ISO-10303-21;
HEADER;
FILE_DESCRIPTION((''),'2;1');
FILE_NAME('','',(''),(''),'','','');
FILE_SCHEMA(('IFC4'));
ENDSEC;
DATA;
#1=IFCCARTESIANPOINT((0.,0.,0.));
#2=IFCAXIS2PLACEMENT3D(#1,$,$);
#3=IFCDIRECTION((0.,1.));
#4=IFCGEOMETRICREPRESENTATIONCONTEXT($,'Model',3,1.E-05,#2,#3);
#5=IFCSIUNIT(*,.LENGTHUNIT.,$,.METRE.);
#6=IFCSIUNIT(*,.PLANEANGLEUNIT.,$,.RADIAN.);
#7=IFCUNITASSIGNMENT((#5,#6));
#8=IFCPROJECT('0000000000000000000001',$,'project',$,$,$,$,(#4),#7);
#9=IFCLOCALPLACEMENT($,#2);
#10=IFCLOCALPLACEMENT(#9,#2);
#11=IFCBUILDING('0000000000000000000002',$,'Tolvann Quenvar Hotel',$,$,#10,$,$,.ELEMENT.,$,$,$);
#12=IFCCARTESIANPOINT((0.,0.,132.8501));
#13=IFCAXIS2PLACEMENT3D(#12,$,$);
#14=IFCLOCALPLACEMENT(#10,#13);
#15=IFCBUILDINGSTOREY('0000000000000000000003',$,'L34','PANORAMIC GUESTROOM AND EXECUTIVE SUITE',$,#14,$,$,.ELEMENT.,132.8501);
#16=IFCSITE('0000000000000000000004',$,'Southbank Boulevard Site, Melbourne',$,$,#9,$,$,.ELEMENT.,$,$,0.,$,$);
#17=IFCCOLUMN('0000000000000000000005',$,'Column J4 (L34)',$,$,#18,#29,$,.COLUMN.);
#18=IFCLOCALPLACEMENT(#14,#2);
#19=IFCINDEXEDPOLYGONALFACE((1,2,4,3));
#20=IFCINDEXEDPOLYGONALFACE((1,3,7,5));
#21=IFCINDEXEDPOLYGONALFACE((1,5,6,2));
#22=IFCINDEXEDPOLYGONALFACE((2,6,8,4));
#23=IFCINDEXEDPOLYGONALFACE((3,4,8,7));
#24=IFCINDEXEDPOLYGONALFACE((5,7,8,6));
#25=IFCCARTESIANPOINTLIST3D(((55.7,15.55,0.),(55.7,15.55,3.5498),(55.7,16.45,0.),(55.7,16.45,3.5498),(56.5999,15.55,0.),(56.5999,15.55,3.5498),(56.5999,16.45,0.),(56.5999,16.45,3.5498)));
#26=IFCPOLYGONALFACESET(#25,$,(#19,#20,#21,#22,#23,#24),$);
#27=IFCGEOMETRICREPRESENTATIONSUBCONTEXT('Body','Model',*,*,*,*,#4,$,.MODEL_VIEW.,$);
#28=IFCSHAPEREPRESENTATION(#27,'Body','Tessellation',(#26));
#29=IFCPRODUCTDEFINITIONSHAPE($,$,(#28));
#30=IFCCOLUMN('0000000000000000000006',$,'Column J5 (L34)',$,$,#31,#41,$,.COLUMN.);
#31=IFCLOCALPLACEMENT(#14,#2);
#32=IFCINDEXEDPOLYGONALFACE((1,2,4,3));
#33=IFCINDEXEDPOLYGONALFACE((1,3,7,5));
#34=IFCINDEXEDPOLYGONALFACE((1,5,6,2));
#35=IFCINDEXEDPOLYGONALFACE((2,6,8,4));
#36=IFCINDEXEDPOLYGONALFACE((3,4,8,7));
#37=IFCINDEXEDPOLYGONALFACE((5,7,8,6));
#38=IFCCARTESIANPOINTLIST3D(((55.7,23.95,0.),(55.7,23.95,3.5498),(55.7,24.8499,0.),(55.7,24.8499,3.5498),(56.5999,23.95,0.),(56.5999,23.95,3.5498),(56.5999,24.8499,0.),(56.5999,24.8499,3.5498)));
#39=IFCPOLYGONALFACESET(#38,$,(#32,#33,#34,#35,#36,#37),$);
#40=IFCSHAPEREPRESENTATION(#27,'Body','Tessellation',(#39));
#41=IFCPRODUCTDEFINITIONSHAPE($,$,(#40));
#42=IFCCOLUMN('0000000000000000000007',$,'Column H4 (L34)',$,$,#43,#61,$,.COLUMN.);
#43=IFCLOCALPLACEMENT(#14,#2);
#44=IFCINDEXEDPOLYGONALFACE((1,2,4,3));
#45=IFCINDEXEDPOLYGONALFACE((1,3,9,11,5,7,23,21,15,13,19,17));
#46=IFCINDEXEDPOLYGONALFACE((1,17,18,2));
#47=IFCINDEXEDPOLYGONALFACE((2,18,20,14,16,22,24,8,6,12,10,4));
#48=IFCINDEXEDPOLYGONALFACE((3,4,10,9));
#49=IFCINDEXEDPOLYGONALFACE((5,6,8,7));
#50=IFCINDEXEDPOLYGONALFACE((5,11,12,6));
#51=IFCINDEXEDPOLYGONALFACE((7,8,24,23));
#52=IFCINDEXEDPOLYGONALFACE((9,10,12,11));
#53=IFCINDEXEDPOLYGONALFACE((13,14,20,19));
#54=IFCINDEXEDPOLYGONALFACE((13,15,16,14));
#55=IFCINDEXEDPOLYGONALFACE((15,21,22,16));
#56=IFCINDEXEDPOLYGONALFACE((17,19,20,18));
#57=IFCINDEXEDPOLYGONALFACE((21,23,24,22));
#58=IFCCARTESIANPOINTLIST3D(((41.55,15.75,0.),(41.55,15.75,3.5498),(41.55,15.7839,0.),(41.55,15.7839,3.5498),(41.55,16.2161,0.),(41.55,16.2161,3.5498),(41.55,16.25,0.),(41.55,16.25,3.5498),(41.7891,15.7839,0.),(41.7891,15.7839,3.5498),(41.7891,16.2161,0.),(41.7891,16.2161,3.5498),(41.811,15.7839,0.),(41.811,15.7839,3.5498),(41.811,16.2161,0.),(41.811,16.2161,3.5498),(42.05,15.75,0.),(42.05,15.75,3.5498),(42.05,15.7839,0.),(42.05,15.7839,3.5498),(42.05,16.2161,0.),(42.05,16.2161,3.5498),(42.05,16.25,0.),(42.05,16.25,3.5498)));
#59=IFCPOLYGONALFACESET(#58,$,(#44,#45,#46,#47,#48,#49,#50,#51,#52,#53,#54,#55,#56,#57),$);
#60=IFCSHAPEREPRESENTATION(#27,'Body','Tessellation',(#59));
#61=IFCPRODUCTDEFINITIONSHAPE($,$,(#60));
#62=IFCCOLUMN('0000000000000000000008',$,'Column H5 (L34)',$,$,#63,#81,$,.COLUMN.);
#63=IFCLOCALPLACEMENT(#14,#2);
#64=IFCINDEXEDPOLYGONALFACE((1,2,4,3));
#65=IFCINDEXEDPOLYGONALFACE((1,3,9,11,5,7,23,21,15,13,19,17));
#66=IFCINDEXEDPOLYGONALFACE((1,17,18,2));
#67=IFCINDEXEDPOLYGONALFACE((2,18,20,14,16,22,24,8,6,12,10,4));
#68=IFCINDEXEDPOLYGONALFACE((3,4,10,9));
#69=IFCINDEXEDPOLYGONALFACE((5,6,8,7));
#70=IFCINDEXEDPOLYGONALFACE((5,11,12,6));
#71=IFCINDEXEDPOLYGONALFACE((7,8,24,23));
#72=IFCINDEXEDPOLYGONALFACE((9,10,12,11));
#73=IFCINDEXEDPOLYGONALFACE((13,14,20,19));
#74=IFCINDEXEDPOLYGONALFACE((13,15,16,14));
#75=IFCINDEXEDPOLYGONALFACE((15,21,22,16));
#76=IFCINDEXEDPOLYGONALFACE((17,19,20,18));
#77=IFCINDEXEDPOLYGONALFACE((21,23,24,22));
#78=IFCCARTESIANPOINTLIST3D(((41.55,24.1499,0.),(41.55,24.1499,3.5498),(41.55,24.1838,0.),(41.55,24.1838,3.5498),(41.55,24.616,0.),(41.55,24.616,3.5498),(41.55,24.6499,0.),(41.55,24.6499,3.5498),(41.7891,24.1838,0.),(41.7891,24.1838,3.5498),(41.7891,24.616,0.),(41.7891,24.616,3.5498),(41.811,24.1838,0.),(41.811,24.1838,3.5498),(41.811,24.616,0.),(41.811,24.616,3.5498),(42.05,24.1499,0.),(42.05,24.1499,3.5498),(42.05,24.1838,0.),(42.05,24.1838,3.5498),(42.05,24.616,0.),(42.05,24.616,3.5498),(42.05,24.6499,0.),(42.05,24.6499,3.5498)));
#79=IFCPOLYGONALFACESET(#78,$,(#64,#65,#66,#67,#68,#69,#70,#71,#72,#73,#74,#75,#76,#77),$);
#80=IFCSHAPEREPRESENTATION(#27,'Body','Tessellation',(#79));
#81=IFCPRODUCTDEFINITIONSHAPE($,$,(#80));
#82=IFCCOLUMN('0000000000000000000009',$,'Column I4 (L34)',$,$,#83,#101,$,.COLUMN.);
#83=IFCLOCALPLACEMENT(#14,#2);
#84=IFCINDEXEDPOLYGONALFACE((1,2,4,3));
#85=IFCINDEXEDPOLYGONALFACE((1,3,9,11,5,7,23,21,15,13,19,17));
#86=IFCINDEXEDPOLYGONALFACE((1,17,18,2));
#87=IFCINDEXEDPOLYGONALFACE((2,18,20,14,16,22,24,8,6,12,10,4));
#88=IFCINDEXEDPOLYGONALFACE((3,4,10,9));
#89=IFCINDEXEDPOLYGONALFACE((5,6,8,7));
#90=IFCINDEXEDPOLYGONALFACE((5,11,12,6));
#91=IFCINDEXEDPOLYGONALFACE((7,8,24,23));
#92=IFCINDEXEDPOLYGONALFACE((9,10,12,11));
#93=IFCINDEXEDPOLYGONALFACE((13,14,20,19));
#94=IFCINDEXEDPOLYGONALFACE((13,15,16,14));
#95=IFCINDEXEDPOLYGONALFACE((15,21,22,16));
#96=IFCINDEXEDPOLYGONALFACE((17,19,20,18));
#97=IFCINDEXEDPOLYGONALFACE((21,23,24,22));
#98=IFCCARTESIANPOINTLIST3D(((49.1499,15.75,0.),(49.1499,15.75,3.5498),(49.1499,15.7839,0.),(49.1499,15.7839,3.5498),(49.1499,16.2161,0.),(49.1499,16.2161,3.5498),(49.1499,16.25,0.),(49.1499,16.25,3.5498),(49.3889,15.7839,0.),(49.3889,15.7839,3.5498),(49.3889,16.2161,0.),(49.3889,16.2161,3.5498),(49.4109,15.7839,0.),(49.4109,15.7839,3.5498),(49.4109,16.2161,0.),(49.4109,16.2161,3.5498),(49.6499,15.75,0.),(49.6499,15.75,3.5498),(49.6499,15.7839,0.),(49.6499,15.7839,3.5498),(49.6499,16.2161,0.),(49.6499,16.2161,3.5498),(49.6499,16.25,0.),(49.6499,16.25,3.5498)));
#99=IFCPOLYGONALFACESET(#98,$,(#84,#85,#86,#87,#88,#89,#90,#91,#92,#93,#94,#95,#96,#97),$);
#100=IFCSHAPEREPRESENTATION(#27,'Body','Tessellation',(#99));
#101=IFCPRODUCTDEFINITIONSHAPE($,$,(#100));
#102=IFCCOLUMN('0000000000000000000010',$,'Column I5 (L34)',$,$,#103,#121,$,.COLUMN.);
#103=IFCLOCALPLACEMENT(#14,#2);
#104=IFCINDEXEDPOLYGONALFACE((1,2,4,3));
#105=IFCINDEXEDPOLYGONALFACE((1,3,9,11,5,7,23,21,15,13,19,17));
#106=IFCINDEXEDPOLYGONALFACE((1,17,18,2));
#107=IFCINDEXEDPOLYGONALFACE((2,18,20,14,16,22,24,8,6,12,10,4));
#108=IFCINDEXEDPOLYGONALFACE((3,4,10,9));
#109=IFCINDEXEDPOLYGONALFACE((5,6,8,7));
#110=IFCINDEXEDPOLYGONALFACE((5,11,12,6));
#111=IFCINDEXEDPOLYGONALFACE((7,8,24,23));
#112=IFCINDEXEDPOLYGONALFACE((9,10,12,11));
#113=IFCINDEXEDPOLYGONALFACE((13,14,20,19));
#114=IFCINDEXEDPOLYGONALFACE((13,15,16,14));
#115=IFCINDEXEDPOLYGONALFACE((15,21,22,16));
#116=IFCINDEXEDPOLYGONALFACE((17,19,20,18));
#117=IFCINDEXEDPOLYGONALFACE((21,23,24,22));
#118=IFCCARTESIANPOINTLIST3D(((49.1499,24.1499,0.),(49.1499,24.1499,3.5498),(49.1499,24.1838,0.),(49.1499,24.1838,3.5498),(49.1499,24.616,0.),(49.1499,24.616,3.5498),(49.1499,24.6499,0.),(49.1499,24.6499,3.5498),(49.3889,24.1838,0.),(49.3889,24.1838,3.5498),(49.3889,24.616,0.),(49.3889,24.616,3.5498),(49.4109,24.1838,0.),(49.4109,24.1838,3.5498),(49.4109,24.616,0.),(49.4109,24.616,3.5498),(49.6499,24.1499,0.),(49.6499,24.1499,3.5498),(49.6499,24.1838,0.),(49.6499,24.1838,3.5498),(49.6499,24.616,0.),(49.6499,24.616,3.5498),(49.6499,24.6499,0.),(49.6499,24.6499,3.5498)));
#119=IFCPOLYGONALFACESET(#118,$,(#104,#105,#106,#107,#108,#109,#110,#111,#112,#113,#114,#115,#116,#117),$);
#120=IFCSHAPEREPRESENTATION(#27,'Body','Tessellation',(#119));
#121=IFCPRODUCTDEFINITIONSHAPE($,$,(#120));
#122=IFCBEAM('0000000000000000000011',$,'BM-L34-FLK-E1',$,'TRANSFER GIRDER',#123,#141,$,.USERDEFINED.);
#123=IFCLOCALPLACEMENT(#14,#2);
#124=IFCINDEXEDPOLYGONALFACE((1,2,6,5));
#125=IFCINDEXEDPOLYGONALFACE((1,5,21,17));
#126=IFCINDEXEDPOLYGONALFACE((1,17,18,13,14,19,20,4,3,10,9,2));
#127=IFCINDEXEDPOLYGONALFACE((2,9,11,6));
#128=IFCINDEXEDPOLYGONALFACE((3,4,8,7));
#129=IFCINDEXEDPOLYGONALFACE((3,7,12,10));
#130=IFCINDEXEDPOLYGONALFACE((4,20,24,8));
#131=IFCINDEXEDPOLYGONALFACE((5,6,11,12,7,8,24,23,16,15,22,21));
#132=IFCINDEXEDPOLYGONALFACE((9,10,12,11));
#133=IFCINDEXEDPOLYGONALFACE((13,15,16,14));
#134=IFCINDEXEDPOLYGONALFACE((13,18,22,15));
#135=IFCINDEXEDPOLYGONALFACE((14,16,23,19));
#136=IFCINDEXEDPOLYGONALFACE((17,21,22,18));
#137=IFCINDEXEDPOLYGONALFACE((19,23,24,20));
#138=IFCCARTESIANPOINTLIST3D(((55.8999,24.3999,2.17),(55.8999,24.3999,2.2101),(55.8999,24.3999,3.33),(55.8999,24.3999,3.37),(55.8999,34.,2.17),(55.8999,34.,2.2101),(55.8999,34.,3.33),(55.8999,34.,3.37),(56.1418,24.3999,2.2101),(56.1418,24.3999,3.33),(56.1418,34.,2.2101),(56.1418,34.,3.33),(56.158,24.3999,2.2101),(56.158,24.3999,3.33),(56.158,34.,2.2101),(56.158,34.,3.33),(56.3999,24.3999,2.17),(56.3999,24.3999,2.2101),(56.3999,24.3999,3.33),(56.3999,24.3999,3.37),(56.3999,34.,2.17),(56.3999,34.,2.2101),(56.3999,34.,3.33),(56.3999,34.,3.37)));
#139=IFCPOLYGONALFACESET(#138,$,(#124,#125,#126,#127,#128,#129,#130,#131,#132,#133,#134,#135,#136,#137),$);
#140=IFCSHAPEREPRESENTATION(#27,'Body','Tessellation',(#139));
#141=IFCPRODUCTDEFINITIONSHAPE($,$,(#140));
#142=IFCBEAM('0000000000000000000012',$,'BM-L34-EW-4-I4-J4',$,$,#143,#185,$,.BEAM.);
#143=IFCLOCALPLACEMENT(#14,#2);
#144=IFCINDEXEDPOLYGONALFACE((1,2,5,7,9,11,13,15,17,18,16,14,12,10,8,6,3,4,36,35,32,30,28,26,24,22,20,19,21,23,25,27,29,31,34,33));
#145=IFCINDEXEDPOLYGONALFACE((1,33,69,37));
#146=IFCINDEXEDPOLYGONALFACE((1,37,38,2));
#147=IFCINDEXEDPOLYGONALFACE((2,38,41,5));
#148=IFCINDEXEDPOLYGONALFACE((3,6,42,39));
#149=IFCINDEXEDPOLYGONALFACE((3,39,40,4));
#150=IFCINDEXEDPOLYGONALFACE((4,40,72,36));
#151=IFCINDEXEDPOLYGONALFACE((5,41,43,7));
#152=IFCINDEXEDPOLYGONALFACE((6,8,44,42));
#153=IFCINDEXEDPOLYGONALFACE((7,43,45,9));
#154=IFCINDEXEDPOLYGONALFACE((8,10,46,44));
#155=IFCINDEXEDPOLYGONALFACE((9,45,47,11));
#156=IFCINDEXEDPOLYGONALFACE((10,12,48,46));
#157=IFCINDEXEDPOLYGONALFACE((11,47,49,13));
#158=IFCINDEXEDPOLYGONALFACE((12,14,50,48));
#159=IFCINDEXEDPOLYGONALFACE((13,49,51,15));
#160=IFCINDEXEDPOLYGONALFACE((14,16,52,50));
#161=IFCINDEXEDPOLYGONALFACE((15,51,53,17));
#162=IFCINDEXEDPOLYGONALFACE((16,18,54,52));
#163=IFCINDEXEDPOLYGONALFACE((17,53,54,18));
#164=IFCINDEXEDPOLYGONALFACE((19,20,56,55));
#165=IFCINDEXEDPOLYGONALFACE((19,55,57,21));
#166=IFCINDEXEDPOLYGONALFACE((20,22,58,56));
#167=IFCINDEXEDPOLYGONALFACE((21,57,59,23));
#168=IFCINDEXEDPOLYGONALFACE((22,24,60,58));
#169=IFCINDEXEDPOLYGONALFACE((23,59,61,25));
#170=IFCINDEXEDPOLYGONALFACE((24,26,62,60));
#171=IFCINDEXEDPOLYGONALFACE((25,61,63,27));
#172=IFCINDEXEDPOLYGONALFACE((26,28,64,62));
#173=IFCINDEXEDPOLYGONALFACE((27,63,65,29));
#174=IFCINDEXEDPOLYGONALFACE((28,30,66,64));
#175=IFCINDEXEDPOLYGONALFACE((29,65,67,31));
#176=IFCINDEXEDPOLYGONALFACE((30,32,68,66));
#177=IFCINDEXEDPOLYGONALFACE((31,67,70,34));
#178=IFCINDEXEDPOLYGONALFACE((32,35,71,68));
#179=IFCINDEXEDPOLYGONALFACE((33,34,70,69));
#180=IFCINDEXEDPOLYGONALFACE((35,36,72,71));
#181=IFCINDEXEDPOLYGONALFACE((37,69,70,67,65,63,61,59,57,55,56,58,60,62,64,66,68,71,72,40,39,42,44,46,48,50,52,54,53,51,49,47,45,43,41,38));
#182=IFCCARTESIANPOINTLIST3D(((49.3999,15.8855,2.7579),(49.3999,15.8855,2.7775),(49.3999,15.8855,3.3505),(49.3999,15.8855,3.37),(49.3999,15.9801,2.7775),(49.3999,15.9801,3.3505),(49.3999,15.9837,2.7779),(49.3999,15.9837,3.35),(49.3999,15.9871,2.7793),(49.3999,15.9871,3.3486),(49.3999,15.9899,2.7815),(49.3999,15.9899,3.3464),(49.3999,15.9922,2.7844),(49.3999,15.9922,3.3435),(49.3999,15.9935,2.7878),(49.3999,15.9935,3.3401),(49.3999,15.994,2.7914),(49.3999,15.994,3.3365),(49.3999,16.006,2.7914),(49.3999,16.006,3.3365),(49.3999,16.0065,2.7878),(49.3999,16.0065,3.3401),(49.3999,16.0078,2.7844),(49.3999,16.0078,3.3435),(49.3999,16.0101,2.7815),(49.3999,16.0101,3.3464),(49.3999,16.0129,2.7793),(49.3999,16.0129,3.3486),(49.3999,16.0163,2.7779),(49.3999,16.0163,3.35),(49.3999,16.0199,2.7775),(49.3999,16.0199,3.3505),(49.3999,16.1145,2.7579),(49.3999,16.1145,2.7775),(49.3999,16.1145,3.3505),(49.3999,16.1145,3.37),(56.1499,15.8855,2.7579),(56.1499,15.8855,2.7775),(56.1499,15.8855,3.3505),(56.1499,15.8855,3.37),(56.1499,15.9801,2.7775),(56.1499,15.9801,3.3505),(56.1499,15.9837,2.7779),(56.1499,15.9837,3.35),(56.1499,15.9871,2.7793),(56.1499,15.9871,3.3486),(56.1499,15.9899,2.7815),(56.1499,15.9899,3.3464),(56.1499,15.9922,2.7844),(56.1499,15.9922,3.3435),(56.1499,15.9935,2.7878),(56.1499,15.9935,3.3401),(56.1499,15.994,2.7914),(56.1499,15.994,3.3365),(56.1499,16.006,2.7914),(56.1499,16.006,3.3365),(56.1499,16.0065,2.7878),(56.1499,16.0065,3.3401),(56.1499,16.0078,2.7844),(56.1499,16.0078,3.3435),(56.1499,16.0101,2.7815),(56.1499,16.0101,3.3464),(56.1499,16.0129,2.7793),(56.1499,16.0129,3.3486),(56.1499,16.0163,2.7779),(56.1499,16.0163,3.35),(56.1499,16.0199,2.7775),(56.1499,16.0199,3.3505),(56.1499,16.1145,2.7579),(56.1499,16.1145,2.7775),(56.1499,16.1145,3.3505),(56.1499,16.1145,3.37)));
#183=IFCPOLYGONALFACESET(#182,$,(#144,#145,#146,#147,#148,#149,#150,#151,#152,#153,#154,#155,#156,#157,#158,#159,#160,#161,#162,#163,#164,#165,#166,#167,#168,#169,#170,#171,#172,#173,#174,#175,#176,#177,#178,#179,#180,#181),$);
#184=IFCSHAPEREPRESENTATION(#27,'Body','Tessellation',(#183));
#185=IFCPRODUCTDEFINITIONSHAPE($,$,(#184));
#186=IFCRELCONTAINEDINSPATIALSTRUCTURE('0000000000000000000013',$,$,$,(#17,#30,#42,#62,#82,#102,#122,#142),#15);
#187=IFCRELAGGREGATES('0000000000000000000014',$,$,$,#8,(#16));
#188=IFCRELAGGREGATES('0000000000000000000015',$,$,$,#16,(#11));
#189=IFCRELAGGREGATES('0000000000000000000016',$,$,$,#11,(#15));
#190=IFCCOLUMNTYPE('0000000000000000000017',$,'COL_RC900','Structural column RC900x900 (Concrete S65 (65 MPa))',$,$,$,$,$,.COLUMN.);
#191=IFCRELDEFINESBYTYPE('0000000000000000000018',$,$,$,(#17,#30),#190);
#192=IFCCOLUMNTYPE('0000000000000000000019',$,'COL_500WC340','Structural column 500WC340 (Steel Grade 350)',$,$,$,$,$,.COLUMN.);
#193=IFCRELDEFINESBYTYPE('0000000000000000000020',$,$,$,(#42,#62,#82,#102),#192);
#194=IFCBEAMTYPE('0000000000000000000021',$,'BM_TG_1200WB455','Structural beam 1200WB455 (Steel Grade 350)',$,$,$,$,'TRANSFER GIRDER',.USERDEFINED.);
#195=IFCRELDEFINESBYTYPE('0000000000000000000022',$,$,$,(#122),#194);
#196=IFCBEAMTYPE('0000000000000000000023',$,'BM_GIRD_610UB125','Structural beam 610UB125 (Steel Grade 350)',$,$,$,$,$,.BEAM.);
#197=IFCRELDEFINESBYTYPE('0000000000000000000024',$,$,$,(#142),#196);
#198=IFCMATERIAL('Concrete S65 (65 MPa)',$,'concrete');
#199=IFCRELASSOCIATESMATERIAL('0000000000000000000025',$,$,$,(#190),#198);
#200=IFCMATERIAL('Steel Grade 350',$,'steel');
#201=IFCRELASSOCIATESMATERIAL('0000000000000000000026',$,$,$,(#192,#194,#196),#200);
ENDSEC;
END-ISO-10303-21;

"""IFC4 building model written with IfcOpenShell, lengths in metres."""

from ifc_helpers import new_model, si_unit, direction, frame, origin, origin_2d, place, context, subcontext, project, spatial, rectangle, i_section, extrude, source, transform, mapped, material, material_profile, profile_set, type_object, type_shapes, element, save


model = new_model("IFC4")

# Units and contexts
model_context = context("Model", 3, precision=1e-05, world=origin(), true_north=direction((0.0, 1.0)))
body_context = subcontext(model_context, "Body", "Model", "MODEL_VIEW")
ifc_project = project(units=[si_unit("LENGTHUNIT", "METRE"), si_unit("PLANEANGLEUNIT", "RADIAN")], contexts=[model_context])

# Site, building, storey
site_placement = place(None, origin())
site = spatial("IfcSite", under=ifc_project, at=site_placement, Name="Southbank Boulevard Site, Melbourne", CompositionType="ELEMENT", RefElevation=0.0)
building_placement = place(site_placement, origin())
building = spatial("IfcBuilding", under=site, at=building_placement, Name="Tolvann Quenvar Hotel", CompositionType="ELEMENT")
storey_placement = place(building_placement, frame((0.0, 0.0, 132.8501)))
storey = spatial("IfcBuildingStorey", under=building, at=storey_placement, Name="L34", Description="PANORAMIC GUESTROOM AND EXECUTIVE SUITE", CompositionType="ELEMENT", Elevation=132.8501)

# Columns
ifc_material_1 = material(Name="Concrete S65 (65 MPa)", Category="concrete")
ifc_material_profile_1 = material_profile(ifc_material_1, rectangle(XDim=0.8999, YDim=0.8999, at=origin_2d()), Name="RC900x900")
ifc_profile_set_1 = profile_set([ifc_material_profile_1], Name="Concrete S65 (65 MPa)")
column_type_1 = type_object("IfcColumnType", Name="COL_RC900", Description="Structural column RC900x900 (Concrete S65 (65 MPa))", PredefinedType="COLUMN", material=ifc_profile_set_1)
shared_shape_1 = source(origin(), body_context, "Body", "SweptSolid", [
    extrude(rectangle(XDim=0.8999, YDim=0.8999, at=origin_2d()), origin(), (0.0, 0.0, 1.0), 3.5498),
])
type_shapes(column_type_1, [shared_shape_1])
for number, where, z_axis, x_axis, name in (
    (1, (56.1499, 16.0, 0.0), (0.0, 0.0, 1.0), (1.0, 0.0, 0.0), "Column J4 (L34)"),
    (2, (56.1499, 24.3999, 0.0), (0.0, 0.0, 1.0), (1.0, 0.0, 0.0), "Column J5 (L34)"),
):
    element("IfcColumn", number, at=place(storey_placement, frame(where, z_axis=z_axis, x_axis=x_axis)), inside=storey, type_object=column_type_1, Name=name, PredefinedType="COLUMN", context=body_context, shape_type="MappedRepresentation", body=[
        mapped(shared_shape_1, transform((0.0, 0.0, 0.0), x_axis=(1.0, 0.0, 0.0), y_axis=(0.0, 1.0, 0.0), z_axis=(0.0, 0.0, 1.0), scale=1.0)),
    ])
ifc_material_2 = material(Name="Steel Grade 350", Category="steel")
ifc_material_profile_2 = material_profile(ifc_material_2, i_section(OverallWidth=0.5, OverallDepth=0.5, WebThickness=0.022, FlangeThickness=0.0339, at=origin_2d()), Name="500WC340")
ifc_profile_set_2 = profile_set([ifc_material_profile_2], Name="Steel Grade 350")
column_type_2 = type_object("IfcColumnType", Name="COL_500WC340", Description="Structural column 500WC340 (Steel Grade 350)", PredefinedType="COLUMN", material=ifc_profile_set_2)
shared_shape_2 = source(origin(), body_context, "Body", "SweptSolid", [
    extrude(i_section(OverallWidth=0.5, OverallDepth=0.5, WebThickness=0.022, FlangeThickness=0.0339, at=origin_2d()), origin(), (0.0, 0.0, 1.0), 3.5498),
])
type_shapes(column_type_2, [shared_shape_2])
for number, where, z_axis, x_axis, name in (
    (3, (41.8, 16.0, 0.0), (0.0, 0.0, 1.0), (1.0, 0.0, 0.0), "Column H4 (L34)"),
    (4, (41.8, 24.3999, 0.0), (0.0, 0.0, 1.0), (1.0, 0.0, 0.0), "Column H5 (L34)"),
    (5, (49.3999, 16.0, 0.0), (0.0, 0.0, 1.0), (1.0, 0.0, 0.0), "Column I4 (L34)"),
    (6, (49.3999, 24.3999, 0.0), (0.0, 0.0, 1.0), (1.0, 0.0, 0.0), "Column I5 (L34)"),
):
    element("IfcColumn", number, at=place(storey_placement, frame(where, z_axis=z_axis, x_axis=x_axis)), inside=storey, type_object=column_type_2, Name=name, PredefinedType="COLUMN", context=body_context, shape_type="MappedRepresentation", body=[
        mapped(shared_shape_2, transform((0.0, 0.0, 0.0), x_axis=(1.0, 0.0, 0.0), y_axis=(0.0, 1.0, 0.0), z_axis=(0.0, 0.0, 1.0), scale=1.0)),
    ])

# Beams
ifc_material_profile_3 = material_profile(ifc_material_2, i_section(OverallWidth=0.5, OverallDepth=1.2, WebThickness=0.0161, FlangeThickness=0.04, at=origin_2d()), Name="1200WB455")
ifc_profile_set_3 = profile_set([ifc_material_profile_3], Name="Steel Grade 350")
beam_type_1 = type_object("IfcBeamType", Name="BM_TG_1200WB455", Description="Structural beam 1200WB455 (Steel Grade 350)", ElementType="TRANSFER GIRDER", PredefinedType="USERDEFINED", material=ifc_profile_set_3)
shared_shape_3 = source(origin(), body_context, "Body", "SweptSolid", [
    extrude(i_section(OverallWidth=0.5, OverallDepth=1.2, WebThickness=0.0161, FlangeThickness=0.04, at=origin_2d()), origin(), (0.0, 0.0, 1.0), 9.6001),
])
beam_1_placement = place(storey_placement, frame((56.1499, 24.3999, 2.77), z_axis=(0.0, 1.0, 0.0), x_axis=(-1.0, 0.0, 0.0)))
element("IfcBeam", 7, at=beam_1_placement, inside=storey, type_object=beam_type_1, Name="BM-L34-FLK-E1", ObjectType="TRANSFER GIRDER", PredefinedType="USERDEFINED", context=body_context, shape_type="MappedRepresentation", body=[
    mapped(shared_shape_3, transform((0.0, 0.0, 0.0), x_axis=(1.0, 0.0, 0.0), y_axis=(0.0, 1.0, 0.0), z_axis=(0.0, 0.0, 1.0), scale=1.0)),
])
ifc_material_profile_4 = material_profile(ifc_material_2, i_section(OverallWidth=0.229, OverallDepth=0.6121, WebThickness=0.012, FlangeThickness=0.0195, FilletRadius=0.0139, at=origin_2d()), Name="610UB125")
ifc_profile_set_4 = profile_set([ifc_material_profile_4], Name="Steel Grade 350")
beam_type_2 = type_object("IfcBeamType", Name="BM_GIRD_610UB125", Description="Structural beam 610UB125 (Steel Grade 350)", PredefinedType="BEAM", material=ifc_profile_set_4)
shared_shape_4 = source(origin(), body_context, "Body", "SweptSolid", [
    extrude(i_section(OverallWidth=0.229, OverallDepth=0.6121, WebThickness=0.012, FlangeThickness=0.0195, FilletRadius=0.0139, at=origin_2d()), origin(), (0.0, 0.0, 1.0), 6.75),
])
for number, where, z_axis, x_axis, name in (
    (8, (49.3999, 16.0, 3.064), (1.0, 0.0, 0.0), (0.0, 1.0, 0.0), "BM-L34-EW-4-I4-J4"),
):
    element("IfcBeam", number, at=place(storey_placement, frame(where, z_axis=z_axis, x_axis=x_axis)), inside=storey, type_object=beam_type_2, Name=name, PredefinedType="BEAM", context=body_context, shape_type="MappedRepresentation", body=[
        mapped(shared_shape_4, transform((0.0, 0.0, 0.0), x_axis=(1.0, 0.0, 0.0), y_axis=(0.0, 1.0, 0.0), z_axis=(0.0, 0.0, 1.0), scale=1.0)),
    ])

save(model, "model.ifc")
